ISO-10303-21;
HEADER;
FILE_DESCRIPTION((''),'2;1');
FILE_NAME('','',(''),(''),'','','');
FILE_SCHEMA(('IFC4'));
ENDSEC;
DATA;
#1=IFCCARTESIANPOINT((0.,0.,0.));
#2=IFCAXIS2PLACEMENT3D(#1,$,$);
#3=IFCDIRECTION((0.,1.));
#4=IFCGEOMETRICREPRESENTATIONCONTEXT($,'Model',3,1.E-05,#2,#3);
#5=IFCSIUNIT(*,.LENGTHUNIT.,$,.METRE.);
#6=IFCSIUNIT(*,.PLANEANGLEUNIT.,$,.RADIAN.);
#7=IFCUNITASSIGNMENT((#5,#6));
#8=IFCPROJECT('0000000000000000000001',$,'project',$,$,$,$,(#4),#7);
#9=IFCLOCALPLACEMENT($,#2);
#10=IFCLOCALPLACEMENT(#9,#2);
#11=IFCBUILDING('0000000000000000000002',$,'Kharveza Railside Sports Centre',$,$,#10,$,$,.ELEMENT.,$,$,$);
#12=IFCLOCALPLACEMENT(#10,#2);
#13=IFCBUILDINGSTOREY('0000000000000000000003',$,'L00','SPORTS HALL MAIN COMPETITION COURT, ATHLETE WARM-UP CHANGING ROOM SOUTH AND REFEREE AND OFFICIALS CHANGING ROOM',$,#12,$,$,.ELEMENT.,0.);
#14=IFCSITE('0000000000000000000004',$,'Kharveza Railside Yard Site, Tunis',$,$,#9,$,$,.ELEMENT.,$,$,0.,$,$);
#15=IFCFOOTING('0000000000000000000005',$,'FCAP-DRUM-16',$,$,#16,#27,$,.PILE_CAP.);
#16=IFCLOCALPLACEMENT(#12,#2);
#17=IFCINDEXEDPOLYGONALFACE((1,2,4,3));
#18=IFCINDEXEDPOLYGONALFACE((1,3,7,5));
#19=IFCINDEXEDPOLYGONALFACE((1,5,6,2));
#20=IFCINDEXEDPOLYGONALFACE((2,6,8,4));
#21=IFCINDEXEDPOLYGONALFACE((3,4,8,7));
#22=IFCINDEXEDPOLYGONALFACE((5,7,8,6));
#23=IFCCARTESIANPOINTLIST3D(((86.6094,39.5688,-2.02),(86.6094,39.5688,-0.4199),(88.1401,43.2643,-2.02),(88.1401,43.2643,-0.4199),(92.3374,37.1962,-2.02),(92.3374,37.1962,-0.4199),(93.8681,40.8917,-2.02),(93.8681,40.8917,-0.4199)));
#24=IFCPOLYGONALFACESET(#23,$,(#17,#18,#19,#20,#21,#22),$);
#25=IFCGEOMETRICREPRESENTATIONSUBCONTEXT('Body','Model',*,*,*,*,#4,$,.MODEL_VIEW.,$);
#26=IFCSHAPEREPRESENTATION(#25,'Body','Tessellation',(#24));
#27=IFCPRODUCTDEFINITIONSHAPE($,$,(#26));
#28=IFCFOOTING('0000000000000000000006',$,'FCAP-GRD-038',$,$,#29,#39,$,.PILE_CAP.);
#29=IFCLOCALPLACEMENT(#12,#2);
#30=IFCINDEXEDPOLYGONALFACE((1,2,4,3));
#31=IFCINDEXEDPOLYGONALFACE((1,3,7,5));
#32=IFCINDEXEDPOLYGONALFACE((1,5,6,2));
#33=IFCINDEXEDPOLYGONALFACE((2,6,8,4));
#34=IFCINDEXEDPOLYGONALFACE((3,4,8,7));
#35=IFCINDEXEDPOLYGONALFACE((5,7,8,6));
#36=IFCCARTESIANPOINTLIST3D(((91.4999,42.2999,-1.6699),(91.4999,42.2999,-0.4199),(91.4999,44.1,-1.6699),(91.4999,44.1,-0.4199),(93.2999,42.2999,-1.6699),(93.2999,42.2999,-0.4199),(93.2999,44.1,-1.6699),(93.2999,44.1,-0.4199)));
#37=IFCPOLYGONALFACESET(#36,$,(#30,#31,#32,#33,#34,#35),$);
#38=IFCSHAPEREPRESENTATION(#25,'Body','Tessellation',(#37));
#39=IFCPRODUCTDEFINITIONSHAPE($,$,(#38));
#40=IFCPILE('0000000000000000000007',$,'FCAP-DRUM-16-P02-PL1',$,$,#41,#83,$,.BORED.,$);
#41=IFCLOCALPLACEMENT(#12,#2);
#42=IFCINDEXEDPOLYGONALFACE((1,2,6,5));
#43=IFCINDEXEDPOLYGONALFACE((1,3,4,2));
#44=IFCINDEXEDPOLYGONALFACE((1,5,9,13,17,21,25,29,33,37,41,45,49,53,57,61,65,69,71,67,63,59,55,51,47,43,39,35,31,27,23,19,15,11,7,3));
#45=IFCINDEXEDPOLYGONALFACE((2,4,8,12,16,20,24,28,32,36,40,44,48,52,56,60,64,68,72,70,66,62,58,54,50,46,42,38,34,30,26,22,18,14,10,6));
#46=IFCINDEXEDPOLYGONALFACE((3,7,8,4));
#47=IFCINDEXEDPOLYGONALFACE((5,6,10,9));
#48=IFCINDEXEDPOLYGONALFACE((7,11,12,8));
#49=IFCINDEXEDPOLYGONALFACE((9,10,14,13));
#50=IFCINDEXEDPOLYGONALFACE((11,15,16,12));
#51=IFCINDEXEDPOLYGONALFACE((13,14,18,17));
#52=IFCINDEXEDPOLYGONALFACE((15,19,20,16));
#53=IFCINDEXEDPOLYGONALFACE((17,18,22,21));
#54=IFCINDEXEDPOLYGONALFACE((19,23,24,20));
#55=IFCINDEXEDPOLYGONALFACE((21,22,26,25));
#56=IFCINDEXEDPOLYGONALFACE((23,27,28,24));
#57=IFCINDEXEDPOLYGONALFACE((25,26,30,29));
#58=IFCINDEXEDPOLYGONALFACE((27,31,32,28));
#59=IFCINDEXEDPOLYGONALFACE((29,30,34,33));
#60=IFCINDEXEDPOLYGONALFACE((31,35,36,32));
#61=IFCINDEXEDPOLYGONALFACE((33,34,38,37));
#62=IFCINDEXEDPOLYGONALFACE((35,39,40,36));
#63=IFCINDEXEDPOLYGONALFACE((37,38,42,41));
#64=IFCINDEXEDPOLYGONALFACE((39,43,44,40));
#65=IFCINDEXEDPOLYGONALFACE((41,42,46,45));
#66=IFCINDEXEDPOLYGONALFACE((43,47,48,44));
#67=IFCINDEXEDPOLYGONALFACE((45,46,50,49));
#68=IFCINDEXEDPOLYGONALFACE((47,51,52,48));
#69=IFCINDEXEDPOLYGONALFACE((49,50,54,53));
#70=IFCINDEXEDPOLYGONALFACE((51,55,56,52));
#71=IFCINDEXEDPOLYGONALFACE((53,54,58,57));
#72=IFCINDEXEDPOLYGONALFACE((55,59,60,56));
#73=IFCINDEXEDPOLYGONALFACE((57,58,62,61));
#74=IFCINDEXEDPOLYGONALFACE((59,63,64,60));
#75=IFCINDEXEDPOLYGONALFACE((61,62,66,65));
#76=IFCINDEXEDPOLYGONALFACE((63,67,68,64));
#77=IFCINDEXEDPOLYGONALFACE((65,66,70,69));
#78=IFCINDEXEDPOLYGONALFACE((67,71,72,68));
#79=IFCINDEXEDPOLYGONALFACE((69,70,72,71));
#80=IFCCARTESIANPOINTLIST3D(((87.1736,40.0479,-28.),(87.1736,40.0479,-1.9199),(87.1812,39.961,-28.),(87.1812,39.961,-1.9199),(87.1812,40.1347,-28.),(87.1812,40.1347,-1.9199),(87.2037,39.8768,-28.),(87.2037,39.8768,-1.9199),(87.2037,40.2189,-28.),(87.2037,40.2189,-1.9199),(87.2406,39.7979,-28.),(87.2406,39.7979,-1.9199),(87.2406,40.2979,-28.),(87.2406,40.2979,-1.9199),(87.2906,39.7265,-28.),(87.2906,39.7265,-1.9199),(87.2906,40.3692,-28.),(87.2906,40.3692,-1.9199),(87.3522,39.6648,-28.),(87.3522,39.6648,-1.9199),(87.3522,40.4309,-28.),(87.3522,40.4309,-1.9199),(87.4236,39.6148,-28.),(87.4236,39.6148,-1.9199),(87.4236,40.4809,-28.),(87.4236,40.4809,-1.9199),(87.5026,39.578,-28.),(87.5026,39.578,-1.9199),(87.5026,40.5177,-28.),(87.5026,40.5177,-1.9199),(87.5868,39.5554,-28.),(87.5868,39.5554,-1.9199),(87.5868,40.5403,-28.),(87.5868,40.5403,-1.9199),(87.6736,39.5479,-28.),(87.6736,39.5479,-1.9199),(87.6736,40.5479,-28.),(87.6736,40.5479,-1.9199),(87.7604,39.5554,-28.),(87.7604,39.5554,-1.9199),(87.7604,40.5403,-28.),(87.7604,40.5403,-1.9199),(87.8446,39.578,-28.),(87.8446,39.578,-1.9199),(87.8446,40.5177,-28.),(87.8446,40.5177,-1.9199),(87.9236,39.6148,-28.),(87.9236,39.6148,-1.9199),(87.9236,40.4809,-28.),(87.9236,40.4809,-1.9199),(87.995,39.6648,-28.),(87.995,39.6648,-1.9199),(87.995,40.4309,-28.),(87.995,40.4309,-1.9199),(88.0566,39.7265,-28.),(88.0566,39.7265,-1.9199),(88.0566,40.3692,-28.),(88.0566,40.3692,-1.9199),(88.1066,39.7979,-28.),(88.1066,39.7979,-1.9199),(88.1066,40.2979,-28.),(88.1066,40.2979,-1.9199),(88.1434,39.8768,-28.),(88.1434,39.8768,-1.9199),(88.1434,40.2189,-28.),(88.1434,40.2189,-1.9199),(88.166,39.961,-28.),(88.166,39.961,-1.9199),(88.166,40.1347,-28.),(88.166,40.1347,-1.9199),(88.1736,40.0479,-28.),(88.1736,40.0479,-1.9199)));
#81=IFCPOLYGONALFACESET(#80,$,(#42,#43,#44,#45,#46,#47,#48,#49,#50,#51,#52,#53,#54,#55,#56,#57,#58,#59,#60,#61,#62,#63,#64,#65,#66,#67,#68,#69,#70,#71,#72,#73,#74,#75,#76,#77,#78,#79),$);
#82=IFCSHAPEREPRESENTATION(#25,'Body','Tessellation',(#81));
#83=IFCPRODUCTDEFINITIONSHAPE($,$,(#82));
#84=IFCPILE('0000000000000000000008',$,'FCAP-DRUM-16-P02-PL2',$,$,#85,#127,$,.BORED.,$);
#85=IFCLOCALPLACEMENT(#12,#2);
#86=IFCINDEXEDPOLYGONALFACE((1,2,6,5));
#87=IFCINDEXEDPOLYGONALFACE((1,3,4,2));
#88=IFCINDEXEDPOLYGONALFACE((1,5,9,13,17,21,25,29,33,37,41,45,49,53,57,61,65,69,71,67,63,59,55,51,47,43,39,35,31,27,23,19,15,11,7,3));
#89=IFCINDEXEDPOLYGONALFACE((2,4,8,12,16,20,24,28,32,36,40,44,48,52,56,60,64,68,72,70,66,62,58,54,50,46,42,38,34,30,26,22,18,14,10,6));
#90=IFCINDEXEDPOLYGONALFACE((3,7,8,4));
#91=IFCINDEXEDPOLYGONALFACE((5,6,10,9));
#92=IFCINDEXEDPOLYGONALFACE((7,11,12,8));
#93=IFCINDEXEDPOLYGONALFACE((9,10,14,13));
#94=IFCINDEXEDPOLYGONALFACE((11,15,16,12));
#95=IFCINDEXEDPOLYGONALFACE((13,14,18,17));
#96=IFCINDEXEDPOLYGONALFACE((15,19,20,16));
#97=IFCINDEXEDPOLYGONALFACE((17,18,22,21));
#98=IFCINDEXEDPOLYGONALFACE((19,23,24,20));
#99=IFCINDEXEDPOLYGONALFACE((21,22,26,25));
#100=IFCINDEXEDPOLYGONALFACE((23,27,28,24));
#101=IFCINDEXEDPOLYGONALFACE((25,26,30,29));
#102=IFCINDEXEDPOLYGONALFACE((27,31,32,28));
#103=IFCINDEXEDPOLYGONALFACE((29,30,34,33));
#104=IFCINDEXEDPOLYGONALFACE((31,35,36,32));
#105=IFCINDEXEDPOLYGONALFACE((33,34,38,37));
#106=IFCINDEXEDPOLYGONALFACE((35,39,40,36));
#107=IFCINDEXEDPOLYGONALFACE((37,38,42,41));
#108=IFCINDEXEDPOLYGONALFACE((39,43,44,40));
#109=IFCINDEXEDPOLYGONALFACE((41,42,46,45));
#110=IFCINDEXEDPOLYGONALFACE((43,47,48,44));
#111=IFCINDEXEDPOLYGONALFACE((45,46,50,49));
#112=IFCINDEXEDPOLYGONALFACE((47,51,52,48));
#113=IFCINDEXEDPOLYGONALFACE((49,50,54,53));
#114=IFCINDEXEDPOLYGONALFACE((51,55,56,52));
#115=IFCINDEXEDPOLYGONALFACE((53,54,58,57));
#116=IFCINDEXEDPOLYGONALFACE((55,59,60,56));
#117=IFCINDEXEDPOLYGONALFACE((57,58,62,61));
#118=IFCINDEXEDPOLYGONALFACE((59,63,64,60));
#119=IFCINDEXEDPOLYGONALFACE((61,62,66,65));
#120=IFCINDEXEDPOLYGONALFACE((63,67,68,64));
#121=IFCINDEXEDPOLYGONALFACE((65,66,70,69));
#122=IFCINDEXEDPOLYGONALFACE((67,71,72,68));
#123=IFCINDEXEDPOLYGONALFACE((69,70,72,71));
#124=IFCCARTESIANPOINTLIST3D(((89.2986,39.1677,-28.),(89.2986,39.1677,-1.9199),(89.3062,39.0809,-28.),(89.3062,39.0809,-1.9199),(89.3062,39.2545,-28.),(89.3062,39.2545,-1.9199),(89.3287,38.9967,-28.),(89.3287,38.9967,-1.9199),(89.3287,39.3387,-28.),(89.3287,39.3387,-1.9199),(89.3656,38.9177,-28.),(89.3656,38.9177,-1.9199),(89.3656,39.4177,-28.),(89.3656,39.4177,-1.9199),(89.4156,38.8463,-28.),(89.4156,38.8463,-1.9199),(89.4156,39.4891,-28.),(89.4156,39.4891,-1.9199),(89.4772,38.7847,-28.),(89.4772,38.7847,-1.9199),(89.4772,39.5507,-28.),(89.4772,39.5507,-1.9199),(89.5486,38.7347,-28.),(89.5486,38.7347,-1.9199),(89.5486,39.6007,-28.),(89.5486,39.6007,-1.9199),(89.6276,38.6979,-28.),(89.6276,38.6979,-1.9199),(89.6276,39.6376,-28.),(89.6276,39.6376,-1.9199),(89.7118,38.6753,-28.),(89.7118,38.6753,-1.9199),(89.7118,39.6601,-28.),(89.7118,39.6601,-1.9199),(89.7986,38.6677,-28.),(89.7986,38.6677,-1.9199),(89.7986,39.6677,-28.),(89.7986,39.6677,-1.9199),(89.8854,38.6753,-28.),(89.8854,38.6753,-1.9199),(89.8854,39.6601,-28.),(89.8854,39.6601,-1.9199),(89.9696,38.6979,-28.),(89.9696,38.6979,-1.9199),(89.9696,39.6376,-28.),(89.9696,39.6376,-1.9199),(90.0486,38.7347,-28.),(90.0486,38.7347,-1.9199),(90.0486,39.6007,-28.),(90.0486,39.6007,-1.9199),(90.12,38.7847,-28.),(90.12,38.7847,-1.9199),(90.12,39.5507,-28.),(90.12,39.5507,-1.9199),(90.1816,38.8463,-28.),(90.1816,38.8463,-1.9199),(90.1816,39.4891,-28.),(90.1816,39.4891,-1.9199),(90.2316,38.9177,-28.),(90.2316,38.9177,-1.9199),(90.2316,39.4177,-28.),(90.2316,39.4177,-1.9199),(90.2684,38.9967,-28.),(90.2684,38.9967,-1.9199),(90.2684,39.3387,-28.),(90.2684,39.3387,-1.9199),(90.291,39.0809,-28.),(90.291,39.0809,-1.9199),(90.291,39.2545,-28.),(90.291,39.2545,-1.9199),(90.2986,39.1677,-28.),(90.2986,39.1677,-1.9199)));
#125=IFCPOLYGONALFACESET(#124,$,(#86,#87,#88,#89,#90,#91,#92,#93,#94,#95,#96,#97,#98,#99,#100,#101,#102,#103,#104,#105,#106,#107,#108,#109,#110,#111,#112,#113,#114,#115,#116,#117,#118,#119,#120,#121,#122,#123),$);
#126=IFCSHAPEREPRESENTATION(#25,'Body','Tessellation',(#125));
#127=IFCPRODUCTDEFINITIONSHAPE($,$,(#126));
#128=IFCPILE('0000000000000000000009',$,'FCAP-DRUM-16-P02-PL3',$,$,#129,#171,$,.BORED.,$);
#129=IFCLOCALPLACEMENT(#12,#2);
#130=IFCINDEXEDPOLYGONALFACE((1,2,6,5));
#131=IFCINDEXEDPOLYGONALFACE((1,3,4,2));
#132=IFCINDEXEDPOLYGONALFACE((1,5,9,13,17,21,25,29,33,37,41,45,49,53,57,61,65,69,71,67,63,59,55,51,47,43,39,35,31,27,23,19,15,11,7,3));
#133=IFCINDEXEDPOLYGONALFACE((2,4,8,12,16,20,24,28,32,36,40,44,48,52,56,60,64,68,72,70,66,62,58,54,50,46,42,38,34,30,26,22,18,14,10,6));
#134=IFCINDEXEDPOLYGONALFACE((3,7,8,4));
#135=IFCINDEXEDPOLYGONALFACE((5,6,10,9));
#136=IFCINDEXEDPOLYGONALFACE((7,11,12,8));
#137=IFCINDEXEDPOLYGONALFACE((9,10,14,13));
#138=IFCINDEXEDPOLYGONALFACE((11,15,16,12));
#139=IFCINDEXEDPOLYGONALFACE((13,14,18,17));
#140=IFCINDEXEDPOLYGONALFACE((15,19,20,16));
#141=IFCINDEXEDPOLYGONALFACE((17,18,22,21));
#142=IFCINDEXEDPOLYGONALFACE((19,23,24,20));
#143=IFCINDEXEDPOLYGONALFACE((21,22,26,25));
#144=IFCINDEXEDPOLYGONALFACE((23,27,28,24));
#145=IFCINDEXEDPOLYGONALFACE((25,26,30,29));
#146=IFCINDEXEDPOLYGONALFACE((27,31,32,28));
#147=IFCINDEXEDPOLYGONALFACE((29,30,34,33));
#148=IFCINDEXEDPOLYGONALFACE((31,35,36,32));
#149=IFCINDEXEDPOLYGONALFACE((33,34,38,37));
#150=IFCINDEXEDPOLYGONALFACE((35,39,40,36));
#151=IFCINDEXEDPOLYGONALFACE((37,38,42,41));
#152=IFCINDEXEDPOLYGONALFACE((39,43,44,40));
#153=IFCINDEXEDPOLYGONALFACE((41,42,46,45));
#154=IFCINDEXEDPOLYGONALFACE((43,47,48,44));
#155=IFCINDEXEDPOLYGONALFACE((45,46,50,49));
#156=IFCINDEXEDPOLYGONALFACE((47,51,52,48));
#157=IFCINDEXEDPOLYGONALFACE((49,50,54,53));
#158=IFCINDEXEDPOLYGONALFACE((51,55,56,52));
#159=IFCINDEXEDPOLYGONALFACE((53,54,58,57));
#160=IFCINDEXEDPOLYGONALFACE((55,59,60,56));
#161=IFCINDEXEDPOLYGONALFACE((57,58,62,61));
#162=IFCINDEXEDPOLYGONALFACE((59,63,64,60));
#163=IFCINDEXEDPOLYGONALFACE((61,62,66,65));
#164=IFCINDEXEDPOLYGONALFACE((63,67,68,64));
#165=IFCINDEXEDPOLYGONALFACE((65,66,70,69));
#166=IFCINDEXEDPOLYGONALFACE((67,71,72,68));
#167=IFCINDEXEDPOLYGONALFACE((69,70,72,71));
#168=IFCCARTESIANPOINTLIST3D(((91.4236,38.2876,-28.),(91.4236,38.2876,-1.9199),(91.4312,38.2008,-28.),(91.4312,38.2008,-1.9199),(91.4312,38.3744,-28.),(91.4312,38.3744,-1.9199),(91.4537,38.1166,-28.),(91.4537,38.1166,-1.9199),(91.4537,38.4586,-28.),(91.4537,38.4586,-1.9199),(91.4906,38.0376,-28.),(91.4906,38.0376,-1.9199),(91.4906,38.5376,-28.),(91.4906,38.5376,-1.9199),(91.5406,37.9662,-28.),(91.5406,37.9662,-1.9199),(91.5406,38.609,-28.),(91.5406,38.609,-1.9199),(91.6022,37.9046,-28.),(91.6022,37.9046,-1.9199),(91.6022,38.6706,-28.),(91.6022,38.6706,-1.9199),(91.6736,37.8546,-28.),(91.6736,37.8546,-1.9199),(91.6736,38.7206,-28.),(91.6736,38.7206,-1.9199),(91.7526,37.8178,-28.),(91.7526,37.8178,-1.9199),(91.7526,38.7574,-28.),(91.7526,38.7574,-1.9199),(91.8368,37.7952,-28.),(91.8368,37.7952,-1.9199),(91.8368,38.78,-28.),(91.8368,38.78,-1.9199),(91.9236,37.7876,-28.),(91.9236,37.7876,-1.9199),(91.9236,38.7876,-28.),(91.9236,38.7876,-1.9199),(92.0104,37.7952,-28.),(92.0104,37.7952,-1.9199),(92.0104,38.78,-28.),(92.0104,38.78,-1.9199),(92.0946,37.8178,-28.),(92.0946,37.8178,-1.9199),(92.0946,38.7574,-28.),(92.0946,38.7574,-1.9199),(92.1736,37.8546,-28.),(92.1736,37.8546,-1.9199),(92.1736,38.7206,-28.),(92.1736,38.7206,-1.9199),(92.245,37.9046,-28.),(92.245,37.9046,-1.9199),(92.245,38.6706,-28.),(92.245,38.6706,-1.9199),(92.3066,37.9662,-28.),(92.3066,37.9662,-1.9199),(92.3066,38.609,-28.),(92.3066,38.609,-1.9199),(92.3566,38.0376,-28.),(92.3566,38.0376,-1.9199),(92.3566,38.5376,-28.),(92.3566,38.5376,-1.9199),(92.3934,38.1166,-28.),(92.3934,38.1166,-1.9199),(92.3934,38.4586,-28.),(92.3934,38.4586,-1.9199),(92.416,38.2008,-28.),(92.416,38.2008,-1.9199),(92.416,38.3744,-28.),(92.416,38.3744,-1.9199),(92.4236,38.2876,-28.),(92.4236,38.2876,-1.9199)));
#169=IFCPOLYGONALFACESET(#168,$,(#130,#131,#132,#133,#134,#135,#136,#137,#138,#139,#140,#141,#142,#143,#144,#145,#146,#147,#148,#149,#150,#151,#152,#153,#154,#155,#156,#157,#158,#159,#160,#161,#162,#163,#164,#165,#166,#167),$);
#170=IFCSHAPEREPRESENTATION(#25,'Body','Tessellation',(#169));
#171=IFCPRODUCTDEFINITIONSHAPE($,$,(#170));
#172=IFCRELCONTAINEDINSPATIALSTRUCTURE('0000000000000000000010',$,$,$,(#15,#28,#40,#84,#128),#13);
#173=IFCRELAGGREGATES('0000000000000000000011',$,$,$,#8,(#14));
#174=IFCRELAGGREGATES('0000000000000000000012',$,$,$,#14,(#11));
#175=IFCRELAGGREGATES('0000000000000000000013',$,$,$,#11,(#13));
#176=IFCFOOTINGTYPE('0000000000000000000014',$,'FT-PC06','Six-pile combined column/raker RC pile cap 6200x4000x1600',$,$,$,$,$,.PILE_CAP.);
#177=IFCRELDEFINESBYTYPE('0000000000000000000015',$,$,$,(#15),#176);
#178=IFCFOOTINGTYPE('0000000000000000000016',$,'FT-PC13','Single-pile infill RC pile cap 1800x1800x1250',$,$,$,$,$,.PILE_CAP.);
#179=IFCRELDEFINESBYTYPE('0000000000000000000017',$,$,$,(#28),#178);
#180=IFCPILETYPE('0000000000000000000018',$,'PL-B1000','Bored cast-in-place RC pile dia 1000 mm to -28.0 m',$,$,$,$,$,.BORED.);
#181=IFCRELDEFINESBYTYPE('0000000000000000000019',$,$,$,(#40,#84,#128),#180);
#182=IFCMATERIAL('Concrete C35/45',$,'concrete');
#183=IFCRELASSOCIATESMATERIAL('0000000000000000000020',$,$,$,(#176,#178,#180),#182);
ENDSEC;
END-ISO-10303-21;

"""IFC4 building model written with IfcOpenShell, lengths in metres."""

from ifc_helpers import new_model, si_unit, direction, frame, origin, origin_2d, place, context, subcontext, project, spatial, rectangle, circle, extrude, material, material_profile, profile_set, type_object, element, save


model = new_model("IFC4")

# Units and contexts
model_context = context("Model", 3, precision=1e-05, world=origin(), true_north=direction((0.0, 1.0)))
body_context = subcontext(model_context, "Body", "Model", "MODEL_VIEW")
ifc_project = project(units=[si_unit("LENGTHUNIT", "METRE"), si_unit("PLANEANGLEUNIT", "RADIAN")], contexts=[model_context])

# Site, building, storey
site_placement = place(None, origin())
site = spatial("IfcSite", under=ifc_project, at=site_placement, Name="Kharveza Railside Yard Site, Tunis", CompositionType="ELEMENT", RefElevation=0.0)
building_placement = place(site_placement, origin())
building = spatial("IfcBuilding", under=site, at=building_placement, Name="Kharveza Railside Sports Centre", CompositionType="ELEMENT")
storey_placement = place(building_placement, origin())
storey = spatial("IfcBuildingStorey", under=building, at=storey_placement, Name="L00", Description="SPORTS HALL MAIN COMPETITION COURT, ATHLETE WARM-UP CHANGING ROOM SOUTH AND REFEREE AND OFFICIALS CHANGING ROOM", CompositionType="ELEMENT", Elevation=0.0)

# Footings
ifc_material_1 = material(Name="Concrete C35/45", Category="concrete")
footing_type_1 = type_object("IfcFootingType", Name="FT-PC06", Description="Six-pile combined column/raker RC pile cap 6200x4000x1600", PredefinedType="PILE_CAP", material=ifc_material_1)
footing_1_placement = place(storey_placement, frame((90.2388, 40.2302, -2.02), z_axis=(0.0, 0.0, 1.0), x_axis=(0.92388, -0.382683, 0.0)))
element("IfcFooting", 1, at=footing_1_placement, inside=storey, type_object=footing_type_1, Name="FCAP-DRUM-16", PredefinedType="PILE_CAP", context=body_context, shape_type="SweptSolid", body=[
    extrude(rectangle(XDim=6.2, YDim=4.0, at=origin_2d()), origin(), (0.0, 0.0, 1.0), 1.6001),
])
footing_type_2 = type_object("IfcFootingType", Name="FT-PC13", Description="Single-pile infill RC pile cap 1800x1800x1250", PredefinedType="PILE_CAP", material=ifc_material_1)
footing_2_placement = place(storey_placement, frame((92.3999, 43.2, -1.6699), z_axis=(0.0, 0.0, 1.0), x_axis=(1.0, 0.0, 0.0)))
element("IfcFooting", 2, at=footing_2_placement, inside=storey, type_object=footing_type_2, Name="FCAP-GRD-038", PredefinedType="PILE_CAP", context=body_context, shape_type="SweptSolid", body=[
    extrude(rectangle(XDim=1.8, YDim=1.8, at=origin_2d()), origin(), (0.0, 0.0, 1.0), 1.25),
])

# Piles
ifc_material_profile_1 = material_profile(ifc_material_1, circle(Radius=0.5, at=origin_2d()), Name="PILE D1000")
ifc_profile_set_1 = profile_set([ifc_material_profile_1], Name="Concrete C35/45")
pile_type_1 = type_object("IfcPileType", Name="PL-B1000", Description="Bored cast-in-place RC pile dia 1000 mm to -28.0 m", PredefinedType="BORED", material=ifc_profile_set_1)
for number, where, z_axis, x_axis, name in (
    (3, (87.6736, 40.0479, -1.9199), (0.0, 0.0, -1.0), (1.0, 0.0, 0.0), "FCAP-DRUM-16-P02-PL1"),
    (4, (89.7986, 39.1677, -1.9199), (0.0, 0.0, -1.0), (1.0, 0.0, 0.0), "FCAP-DRUM-16-P02-PL2"),
    (5, (91.9236, 38.2876, -1.9199), (0.0, 0.0, -1.0), (1.0, 0.0, 0.0), "FCAP-DRUM-16-P02-PL3"),
):
    element("IfcPile", number, at=place(storey_placement, frame(where, z_axis=z_axis, x_axis=x_axis)), inside=storey, type_object=pile_type_1, Name=name, PredefinedType="BORED", context=body_context, shape_type="SweptSolid", body=[
        extrude(circle(Radius=0.5, at=origin_2d()), origin(), (0.0, 0.0, 1.0), 26.0801),
    ])

save(model, "model.ifc")
